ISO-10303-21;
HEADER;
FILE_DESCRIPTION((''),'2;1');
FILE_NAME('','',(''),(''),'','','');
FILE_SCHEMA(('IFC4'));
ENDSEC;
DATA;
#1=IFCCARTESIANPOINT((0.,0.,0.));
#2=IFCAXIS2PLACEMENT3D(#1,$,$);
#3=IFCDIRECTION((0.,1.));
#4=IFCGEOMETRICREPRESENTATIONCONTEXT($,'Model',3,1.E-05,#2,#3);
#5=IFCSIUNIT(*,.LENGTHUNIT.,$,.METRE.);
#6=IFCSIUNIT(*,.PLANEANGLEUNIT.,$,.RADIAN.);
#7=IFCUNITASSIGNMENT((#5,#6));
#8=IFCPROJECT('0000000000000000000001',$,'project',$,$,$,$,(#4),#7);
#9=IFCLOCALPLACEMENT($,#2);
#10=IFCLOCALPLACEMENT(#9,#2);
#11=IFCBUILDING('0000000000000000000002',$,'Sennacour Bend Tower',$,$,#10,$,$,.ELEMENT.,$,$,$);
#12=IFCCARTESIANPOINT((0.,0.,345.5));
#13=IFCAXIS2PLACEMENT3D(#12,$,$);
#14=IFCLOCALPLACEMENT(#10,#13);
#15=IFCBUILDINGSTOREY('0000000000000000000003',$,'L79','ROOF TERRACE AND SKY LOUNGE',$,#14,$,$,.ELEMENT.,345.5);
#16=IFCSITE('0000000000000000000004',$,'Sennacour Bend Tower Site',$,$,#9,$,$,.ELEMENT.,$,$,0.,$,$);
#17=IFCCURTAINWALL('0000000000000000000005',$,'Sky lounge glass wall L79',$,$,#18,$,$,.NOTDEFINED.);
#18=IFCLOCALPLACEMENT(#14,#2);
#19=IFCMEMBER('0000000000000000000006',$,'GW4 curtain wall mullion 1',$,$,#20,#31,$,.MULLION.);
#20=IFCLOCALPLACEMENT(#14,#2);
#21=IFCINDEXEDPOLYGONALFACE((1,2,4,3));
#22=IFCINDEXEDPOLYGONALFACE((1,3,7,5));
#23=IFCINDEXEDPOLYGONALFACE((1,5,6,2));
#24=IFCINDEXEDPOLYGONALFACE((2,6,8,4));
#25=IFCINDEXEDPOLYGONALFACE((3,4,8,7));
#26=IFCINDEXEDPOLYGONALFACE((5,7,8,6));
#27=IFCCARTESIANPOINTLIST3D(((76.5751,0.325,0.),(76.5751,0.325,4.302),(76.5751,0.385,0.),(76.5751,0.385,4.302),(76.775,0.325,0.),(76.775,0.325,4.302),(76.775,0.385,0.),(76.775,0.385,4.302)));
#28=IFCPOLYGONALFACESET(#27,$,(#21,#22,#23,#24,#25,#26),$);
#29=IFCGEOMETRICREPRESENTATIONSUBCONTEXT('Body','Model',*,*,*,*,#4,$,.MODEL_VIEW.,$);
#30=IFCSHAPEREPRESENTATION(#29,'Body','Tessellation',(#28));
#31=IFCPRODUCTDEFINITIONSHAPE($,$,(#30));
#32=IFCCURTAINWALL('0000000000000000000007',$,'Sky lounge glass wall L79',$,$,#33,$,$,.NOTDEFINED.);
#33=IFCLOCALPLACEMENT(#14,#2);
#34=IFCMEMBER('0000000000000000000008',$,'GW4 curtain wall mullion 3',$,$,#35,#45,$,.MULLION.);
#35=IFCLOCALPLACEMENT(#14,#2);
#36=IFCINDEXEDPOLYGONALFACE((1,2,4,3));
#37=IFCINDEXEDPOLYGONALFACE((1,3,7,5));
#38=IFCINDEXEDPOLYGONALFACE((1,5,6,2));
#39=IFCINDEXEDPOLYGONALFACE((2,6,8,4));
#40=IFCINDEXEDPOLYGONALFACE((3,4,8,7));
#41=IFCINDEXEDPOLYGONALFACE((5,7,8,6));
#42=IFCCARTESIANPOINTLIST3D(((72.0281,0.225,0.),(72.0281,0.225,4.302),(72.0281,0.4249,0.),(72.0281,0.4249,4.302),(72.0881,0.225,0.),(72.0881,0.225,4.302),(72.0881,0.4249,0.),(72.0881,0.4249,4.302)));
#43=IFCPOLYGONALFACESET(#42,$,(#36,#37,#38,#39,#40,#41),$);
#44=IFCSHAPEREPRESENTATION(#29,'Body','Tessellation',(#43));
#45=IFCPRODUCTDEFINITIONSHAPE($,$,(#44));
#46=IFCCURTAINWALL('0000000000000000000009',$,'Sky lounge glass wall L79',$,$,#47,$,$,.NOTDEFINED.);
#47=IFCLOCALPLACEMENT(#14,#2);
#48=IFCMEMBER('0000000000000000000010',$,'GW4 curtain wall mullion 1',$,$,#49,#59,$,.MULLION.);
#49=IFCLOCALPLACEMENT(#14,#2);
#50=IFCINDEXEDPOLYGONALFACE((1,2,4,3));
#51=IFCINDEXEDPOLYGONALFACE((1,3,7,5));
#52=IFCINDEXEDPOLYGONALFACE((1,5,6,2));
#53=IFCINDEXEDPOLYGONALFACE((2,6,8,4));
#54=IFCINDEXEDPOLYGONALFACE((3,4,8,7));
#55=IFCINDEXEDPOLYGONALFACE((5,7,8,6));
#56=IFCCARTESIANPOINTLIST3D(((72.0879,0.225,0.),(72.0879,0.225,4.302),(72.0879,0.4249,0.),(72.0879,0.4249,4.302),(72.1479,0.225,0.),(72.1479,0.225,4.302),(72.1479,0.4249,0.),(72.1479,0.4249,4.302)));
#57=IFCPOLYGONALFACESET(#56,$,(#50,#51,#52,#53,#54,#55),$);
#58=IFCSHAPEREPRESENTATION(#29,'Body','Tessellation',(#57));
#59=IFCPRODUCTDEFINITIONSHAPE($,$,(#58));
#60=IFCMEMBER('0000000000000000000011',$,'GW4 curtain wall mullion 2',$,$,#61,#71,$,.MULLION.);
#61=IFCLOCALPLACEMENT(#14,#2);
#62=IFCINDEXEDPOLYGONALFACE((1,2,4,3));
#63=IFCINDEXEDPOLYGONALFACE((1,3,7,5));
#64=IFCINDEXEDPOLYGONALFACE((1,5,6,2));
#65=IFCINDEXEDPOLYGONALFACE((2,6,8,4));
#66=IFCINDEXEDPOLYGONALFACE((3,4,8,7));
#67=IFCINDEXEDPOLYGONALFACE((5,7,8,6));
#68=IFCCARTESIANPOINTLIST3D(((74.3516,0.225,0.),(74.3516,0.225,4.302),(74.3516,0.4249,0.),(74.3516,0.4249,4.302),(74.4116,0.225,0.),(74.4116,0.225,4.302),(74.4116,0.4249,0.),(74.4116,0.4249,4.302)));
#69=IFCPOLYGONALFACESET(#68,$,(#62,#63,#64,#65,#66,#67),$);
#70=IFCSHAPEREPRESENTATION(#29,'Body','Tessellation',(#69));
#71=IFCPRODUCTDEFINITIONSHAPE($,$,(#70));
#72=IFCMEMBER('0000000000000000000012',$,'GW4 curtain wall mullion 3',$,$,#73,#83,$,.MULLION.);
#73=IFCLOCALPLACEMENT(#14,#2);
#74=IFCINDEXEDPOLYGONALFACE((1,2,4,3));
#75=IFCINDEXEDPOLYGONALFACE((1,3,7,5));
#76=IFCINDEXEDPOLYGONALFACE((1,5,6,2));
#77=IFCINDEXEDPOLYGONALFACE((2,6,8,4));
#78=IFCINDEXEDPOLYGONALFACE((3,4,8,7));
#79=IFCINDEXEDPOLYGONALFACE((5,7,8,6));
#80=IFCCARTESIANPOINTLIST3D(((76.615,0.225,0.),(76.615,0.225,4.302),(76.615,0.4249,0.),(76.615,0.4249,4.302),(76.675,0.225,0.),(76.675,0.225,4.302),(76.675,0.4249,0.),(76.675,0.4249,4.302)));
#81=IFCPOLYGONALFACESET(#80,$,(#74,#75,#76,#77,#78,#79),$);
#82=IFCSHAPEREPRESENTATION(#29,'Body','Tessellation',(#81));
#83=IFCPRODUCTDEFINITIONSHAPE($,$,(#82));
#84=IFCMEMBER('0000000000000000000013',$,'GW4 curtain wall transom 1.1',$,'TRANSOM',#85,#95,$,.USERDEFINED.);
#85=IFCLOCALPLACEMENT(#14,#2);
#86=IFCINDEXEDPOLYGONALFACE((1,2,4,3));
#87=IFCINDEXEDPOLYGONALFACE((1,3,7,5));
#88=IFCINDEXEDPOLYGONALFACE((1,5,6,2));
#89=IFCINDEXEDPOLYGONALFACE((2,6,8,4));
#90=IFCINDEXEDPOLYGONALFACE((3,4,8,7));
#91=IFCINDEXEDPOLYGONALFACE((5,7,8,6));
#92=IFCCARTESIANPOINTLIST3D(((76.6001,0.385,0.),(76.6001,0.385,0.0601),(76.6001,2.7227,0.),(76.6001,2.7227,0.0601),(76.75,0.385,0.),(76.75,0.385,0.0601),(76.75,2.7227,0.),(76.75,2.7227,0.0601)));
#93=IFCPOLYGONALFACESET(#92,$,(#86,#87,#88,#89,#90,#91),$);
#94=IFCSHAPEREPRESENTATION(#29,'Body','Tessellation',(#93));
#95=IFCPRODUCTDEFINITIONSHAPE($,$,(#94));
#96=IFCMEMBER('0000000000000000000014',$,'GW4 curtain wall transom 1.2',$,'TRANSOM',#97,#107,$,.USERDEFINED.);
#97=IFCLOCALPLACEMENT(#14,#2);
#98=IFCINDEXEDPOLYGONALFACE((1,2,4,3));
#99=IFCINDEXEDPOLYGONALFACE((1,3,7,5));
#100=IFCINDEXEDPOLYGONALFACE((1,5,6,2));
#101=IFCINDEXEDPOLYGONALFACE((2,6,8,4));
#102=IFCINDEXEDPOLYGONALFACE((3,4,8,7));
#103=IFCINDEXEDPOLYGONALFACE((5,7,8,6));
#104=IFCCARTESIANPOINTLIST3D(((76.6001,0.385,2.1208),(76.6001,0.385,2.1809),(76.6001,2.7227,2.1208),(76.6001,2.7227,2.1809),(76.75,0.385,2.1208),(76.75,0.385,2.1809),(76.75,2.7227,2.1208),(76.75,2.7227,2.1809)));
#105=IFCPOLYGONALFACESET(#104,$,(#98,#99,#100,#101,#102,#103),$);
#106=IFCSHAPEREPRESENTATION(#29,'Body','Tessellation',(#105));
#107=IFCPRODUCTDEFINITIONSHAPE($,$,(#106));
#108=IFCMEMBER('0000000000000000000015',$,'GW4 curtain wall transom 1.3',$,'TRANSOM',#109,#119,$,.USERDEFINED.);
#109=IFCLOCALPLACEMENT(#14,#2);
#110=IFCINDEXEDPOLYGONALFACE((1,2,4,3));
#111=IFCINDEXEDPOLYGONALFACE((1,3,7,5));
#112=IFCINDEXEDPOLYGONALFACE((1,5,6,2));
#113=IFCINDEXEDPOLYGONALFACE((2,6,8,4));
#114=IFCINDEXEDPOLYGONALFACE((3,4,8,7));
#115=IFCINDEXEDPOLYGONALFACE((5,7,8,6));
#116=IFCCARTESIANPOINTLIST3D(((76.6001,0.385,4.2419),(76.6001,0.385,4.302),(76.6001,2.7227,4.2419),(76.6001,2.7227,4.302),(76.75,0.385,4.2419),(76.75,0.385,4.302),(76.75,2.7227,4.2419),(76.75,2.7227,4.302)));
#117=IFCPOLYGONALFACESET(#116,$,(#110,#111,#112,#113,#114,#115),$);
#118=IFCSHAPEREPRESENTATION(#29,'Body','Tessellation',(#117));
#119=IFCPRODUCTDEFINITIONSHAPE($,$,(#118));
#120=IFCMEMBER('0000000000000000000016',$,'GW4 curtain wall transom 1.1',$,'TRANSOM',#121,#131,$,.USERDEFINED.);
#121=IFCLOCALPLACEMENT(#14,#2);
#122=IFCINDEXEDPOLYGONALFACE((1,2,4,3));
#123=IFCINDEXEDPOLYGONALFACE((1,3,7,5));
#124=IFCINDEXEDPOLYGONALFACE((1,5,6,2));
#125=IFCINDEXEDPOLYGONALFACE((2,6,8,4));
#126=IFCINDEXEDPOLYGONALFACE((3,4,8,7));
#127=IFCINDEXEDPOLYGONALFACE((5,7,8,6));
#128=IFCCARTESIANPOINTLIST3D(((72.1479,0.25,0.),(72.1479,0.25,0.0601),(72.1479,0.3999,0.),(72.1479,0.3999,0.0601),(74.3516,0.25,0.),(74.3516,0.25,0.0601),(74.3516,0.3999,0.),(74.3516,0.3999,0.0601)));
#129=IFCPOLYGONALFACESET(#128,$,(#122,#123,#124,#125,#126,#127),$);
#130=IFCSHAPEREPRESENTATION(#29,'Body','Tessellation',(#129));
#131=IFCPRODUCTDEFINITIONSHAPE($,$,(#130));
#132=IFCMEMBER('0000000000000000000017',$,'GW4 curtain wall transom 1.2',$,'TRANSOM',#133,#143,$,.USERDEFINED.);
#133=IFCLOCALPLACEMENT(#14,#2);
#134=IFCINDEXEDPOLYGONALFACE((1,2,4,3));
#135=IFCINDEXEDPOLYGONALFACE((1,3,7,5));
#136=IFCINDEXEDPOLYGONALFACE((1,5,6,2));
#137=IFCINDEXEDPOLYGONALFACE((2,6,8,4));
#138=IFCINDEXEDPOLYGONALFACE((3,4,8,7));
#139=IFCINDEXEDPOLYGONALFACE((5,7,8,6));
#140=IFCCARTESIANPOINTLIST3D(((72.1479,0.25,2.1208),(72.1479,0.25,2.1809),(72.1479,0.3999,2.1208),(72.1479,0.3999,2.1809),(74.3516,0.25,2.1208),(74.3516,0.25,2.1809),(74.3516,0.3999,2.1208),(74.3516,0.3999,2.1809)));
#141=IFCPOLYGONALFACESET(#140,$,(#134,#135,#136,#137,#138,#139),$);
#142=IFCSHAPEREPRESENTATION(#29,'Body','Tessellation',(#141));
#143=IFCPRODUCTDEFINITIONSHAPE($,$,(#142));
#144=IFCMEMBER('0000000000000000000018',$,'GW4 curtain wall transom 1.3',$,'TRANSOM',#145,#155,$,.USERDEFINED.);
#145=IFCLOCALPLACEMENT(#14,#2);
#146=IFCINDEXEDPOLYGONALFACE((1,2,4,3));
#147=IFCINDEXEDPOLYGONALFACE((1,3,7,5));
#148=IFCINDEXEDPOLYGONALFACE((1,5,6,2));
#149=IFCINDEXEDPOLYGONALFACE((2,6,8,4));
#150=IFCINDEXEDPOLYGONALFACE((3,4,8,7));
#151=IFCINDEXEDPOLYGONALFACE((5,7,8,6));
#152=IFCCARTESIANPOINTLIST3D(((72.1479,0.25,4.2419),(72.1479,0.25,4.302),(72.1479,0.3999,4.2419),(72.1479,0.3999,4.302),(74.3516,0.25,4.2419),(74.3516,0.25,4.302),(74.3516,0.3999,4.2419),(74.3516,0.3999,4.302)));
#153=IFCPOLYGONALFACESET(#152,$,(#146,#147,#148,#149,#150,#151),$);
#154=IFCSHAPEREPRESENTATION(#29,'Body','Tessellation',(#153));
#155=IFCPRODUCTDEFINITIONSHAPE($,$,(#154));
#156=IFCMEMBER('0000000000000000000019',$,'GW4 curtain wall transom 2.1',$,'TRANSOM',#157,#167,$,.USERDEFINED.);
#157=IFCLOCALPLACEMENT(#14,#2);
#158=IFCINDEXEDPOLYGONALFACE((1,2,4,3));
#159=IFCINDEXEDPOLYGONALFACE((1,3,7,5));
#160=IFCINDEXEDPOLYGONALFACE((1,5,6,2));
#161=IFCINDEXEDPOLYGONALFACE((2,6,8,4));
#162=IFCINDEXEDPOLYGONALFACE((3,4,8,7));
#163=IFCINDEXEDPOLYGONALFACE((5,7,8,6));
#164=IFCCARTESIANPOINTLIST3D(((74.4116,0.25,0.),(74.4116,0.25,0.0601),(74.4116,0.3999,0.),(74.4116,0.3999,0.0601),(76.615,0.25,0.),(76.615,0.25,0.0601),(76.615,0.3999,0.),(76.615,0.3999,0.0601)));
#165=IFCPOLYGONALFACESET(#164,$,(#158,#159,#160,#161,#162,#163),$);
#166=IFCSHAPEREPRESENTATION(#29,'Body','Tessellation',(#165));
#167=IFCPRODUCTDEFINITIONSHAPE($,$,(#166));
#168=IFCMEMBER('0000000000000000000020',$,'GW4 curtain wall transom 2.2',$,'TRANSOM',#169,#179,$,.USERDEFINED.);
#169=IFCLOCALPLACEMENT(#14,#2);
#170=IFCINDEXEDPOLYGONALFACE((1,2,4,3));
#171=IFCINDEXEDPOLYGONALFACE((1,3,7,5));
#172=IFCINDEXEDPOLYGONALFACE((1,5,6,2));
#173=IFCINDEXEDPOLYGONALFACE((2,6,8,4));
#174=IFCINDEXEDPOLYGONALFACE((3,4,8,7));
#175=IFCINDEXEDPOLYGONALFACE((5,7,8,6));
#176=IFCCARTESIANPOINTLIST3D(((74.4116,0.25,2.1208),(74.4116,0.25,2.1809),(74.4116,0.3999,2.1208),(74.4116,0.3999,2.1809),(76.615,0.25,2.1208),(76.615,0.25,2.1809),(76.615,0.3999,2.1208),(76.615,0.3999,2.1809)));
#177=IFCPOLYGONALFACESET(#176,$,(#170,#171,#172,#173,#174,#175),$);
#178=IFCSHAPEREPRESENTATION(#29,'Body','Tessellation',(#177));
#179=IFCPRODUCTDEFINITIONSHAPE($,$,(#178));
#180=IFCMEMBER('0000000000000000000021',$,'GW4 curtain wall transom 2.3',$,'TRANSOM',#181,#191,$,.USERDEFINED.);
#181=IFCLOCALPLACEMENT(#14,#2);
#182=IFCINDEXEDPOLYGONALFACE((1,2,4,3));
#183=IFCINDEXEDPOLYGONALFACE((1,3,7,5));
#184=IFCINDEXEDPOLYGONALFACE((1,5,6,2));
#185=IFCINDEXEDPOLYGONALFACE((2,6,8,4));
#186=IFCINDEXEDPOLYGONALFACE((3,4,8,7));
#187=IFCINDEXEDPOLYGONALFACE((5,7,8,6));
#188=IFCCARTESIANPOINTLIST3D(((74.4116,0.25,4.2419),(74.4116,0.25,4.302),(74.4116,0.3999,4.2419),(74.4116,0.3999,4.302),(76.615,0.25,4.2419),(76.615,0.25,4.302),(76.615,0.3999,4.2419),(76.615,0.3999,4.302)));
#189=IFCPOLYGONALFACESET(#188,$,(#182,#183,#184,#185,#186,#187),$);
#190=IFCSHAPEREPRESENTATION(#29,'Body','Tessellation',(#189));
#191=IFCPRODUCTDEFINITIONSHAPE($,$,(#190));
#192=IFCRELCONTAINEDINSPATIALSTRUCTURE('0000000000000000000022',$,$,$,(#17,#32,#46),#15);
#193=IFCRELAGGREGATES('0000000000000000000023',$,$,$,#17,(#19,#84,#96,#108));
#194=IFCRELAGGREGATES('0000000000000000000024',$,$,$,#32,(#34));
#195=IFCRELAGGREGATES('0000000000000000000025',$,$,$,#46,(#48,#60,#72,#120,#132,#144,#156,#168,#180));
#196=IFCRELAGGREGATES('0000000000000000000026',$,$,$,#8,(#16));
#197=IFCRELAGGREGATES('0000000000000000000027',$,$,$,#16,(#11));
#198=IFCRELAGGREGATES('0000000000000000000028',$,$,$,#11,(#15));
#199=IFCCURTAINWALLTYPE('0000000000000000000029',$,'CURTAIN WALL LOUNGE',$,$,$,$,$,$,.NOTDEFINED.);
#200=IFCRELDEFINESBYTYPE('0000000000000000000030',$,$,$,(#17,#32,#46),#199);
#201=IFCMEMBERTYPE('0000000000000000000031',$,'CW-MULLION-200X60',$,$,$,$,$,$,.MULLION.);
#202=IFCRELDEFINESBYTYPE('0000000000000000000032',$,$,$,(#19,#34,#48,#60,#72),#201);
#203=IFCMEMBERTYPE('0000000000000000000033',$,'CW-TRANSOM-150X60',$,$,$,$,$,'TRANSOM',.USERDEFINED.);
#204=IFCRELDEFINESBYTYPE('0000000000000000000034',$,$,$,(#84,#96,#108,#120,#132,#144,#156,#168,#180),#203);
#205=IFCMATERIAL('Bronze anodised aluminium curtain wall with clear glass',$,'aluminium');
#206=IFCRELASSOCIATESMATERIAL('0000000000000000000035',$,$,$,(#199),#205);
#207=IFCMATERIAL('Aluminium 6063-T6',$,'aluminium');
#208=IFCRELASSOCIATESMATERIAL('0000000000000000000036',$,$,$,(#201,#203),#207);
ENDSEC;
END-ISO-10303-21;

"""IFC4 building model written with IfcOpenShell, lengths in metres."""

from ifc_helpers import new_model, si_unit, direction, frame, origin, origin_2d, place, context, subcontext, project, spatial, rectangle, extrude, material, material_profile, profile_set, type_object, element, aggregate, save


model = new_model("IFC4")

# Units and contexts
model_context = context("Model", 3, precision=1e-05, world=origin(), true_north=direction((0.0, 1.0)))
body_context = subcontext(model_context, "Body", "Model", "MODEL_VIEW")
ifc_project = project(units=[si_unit("LENGTHUNIT", "METRE"), si_unit("PLANEANGLEUNIT", "RADIAN")], contexts=[model_context])

# Site, building, storey
site_placement = place(None, origin())
site = spatial("IfcSite", under=ifc_project, at=site_placement, Name="Sennacour Bend Tower Site", CompositionType="ELEMENT", RefElevation=0.0)
building_placement = place(site_placement, origin())
building = spatial("IfcBuilding", under=site, at=building_placement, Name="Sennacour Bend Tower", CompositionType="ELEMENT")
storey_placement = place(building_placement, frame((0.0, 0.0, 345.5)))
storey = spatial("IfcBuildingStorey", under=building, at=storey_placement, Name="L79", Description="ROOF TERRACE AND SKY LOUNGE", CompositionType="ELEMENT", Elevation=345.5)

# Curtain walls, members
ifc_material_1 = material(Name="Bronze anodised aluminium curtain wall with clear glass", Category="aluminium")
curtain_wall_type = type_object("IfcCurtainWallType", Name="CURTAIN WALL LOUNGE", PredefinedType="NOTDEFINED", material=ifc_material_1)
curtain_wall_1_placement = place(storey_placement, origin())
curtain_wall_1 = element("IfcCurtainWall", 1, at=curtain_wall_1_placement, inside=storey, type_object=curtain_wall_type, Name="Sky lounge glass wall L79", PredefinedType="NOTDEFINED")
ifc_material_2 = material(Name="Aluminium 6063-T6", Category="aluminium")
ifc_material_profile_1 = material_profile(ifc_material_2, rectangle(XDim=0.2, YDim=0.0601, at=origin_2d()), Name="Aluminium 6063-T6", Category="aluminium")
ifc_profile_set_1 = profile_set([ifc_material_profile_1], Name="Aluminium 6063-T6")
member_type_1 = type_object("IfcMemberType", Name="CW-MULLION-200X60", PredefinedType="MULLION", material=ifc_profile_set_1)
member_1_placement = place(storey_placement, frame((76.675, 0.355, 0.0), z_axis=(0.0, 0.0, 1.0), x_axis=(-1.0, 0.0, 0.0)))
member_1 = element("IfcMember", 2, at=member_1_placement, type_object=member_type_1, Name="GW4 curtain wall mullion 1", PredefinedType="MULLION", context=body_context, shape_type="SweptSolid", body=[
    extrude(rectangle(XDim=0.2, YDim=0.0601, at=origin_2d()), origin(), (0.0, 0.0, 1.0), 4.302),
])
curtain_wall_2_placement = place(storey_placement, origin())
curtain_wall_2 = element("IfcCurtainWall", 3, at=curtain_wall_2_placement, inside=storey, type_object=curtain_wall_type, Name="Sky lounge glass wall L79", PredefinedType="NOTDEFINED")
member_2_placement = place(storey_placement, frame((72.0581, 0.325, 0.0), z_axis=(0.0, 0.0, 1.0), x_axis=(0.0, 1.0, 0.0)))
member_2 = element("IfcMember", 4, at=member_2_placement, type_object=member_type_1, Name="GW4 curtain wall mullion 3", PredefinedType="MULLION", context=body_context, shape_type="SweptSolid", body=[
    extrude(rectangle(XDim=0.2, YDim=0.0601, at=origin_2d()), origin(), (0.0, 0.0, 1.0), 4.302),
])

# Curtain wall, members
curtain_wall_3_placement = place(storey_placement, origin())
curtain_wall_3 = element("IfcCurtainWall", 5, at=curtain_wall_3_placement, inside=storey, type_object=curtain_wall_type, Name="Sky lounge glass wall L79", PredefinedType="NOTDEFINED")
member_3_placement = place(storey_placement, frame((72.1179, 0.325, 0.0), z_axis=(0.0, 0.0, 1.0), x_axis=(0.0, 1.0, 0.0)))
member_3 = element("IfcMember", 6, at=member_3_placement, type_object=member_type_1, Name="GW4 curtain wall mullion 1", PredefinedType="MULLION", context=body_context, shape_type="SweptSolid", body=[
    extrude(rectangle(XDim=0.2, YDim=0.0601, at=origin_2d()), origin(), (0.0, 0.0, 1.0), 4.302),
])
member_4_placement = place(storey_placement, frame((74.3816, 0.325, 0.0), z_axis=(0.0, 0.0, 1.0), x_axis=(0.0, 1.0, 0.0)))
member_4 = element("IfcMember", 7, at=member_4_placement, type_object=member_type_1, Name="GW4 curtain wall mullion 2", PredefinedType="MULLION", context=body_context, shape_type="SweptSolid", body=[
    extrude(rectangle(XDim=0.2, YDim=0.0601, at=origin_2d()), origin(), (0.0, 0.0, 1.0), 4.302),
])
member_5_placement = place(storey_placement, frame((76.645, 0.325, 0.0), z_axis=(0.0, 0.0, 1.0), x_axis=(0.0, 1.0, 0.0)))
member_5 = element("IfcMember", 8, at=member_5_placement, type_object=member_type_1, Name="GW4 curtain wall mullion 3", PredefinedType="MULLION", context=body_context, shape_type="SweptSolid", body=[
    extrude(rectangle(XDim=0.2, YDim=0.0601, at=origin_2d()), origin(), (0.0, 0.0, 1.0), 4.302),
])

# Members
ifc_material_profile_2 = material_profile(ifc_material_2, rectangle(XDim=0.1499, YDim=0.0601, at=origin_2d()), Name="Aluminium 6063-T6", Category="aluminium")
ifc_profile_set_2 = profile_set([ifc_material_profile_2], Name="Aluminium 6063-T6")
member_type_2 = type_object("IfcMemberType", Name="CW-TRANSOM-150X60", ElementType="TRANSOM", PredefinedType="USERDEFINED", material=ifc_profile_set_2)
member_6_placement = place(storey_placement, frame((76.675, 0.385, 0.03), z_axis=(0.0, 1.0, 0.0), x_axis=(-1.0, 0.0, 0.0)))
member_6 = element("IfcMember", 9, at=member_6_placement, type_object=member_type_2, Name="GW4 curtain wall transom 1.1", ObjectType="TRANSOM", PredefinedType="USERDEFINED", context=body_context, shape_type="SweptSolid", body=[
    extrude(rectangle(XDim=0.1499, YDim=0.0601, at=origin_2d()), origin(), (0.0, 0.0, 1.0), 2.3376),
])
member_7_placement = place(storey_placement, frame((76.675, 0.385, 2.1509), z_axis=(0.0, 1.0, 0.0), x_axis=(-1.0, 0.0, 0.0)))
member_7 = element("IfcMember", 10, at=member_7_placement, type_object=member_type_2, Name="GW4 curtain wall transom 1.2", ObjectType="TRANSOM", PredefinedType="USERDEFINED", context=body_context, shape_type="SweptSolid", body=[
    extrude(rectangle(XDim=0.1499, YDim=0.0601, at=origin_2d()), origin(), (0.0, 0.0, 1.0), 2.3376),
])
member_8_placement = place(storey_placement, frame((76.675, 0.385, 4.272), z_axis=(0.0, 1.0, 0.0), x_axis=(-1.0, 0.0, 0.0)))
member_8 = element("IfcMember", 11, at=member_8_placement, type_object=member_type_2, Name="GW4 curtain wall transom 1.3", ObjectType="TRANSOM", PredefinedType="USERDEFINED", context=body_context, shape_type="SweptSolid", body=[
    extrude(rectangle(XDim=0.1499, YDim=0.0601, at=origin_2d()), origin(), (0.0, 0.0, 1.0), 2.3376),
])
aggregate(curtain_wall_1, [member_1, member_6, member_7, member_8])
member_9_placement = place(storey_placement, frame((72.1479, 0.325, 0.03), z_axis=(1.0, 0.0, 0.0), x_axis=(0.0, 1.0, 0.0)))
member_9 = element("IfcMember", 12, at=member_9_placement, type_object=member_type_2, Name="GW4 curtain wall transom 1.1", ObjectType="TRANSOM", PredefinedType="USERDEFINED", context=body_context, shape_type="SweptSolid", body=[
    extrude(rectangle(XDim=0.1499, YDim=0.0601, at=origin_2d()), origin(), (0.0, 0.0, 1.0), 2.2036),
])
member_10_placement = place(storey_placement, frame((72.1479, 0.325, 2.1509), z_axis=(1.0, 0.0, 0.0), x_axis=(0.0, 1.0, 0.0)))
member_10 = element("IfcMember", 13, at=member_10_placement, type_object=member_type_2, Name="GW4 curtain wall transom 1.2", ObjectType="TRANSOM", PredefinedType="USERDEFINED", context=body_context, shape_type="SweptSolid", body=[
    extrude(rectangle(XDim=0.1499, YDim=0.0601, at=origin_2d()), origin(), (0.0, 0.0, 1.0), 2.2036),
])
member_11_placement = place(storey_placement, frame((72.1479, 0.325, 4.272), z_axis=(1.0, 0.0, 0.0), x_axis=(0.0, 1.0, 0.0)))
member_11 = element("IfcMember", 14, at=member_11_placement, type_object=member_type_2, Name="GW4 curtain wall transom 1.3", ObjectType="TRANSOM", PredefinedType="USERDEFINED", context=body_context, shape_type="SweptSolid", body=[
    extrude(rectangle(XDim=0.1499, YDim=0.0601, at=origin_2d()), origin(), (0.0, 0.0, 1.0), 2.2036),
])
member_12_placement = place(storey_placement, frame((74.4116, 0.325, 0.03), z_axis=(1.0, 0.0, 0.0), x_axis=(0.0, 1.0, 0.0)))
member_12 = element("IfcMember", 15, at=member_12_placement, type_object=member_type_2, Name="GW4 curtain wall transom 2.1", ObjectType="TRANSOM", PredefinedType="USERDEFINED", context=body_context, shape_type="SweptSolid", body=[
    extrude(rectangle(XDim=0.1499, YDim=0.0601, at=origin_2d()), origin(), (0.0, 0.0, 1.0), 2.2034),
])
member_13_placement = place(storey_placement, frame((74.4116, 0.325, 2.1509), z_axis=(1.0, 0.0, 0.0), x_axis=(0.0, 1.0, 0.0)))
member_13 = element("IfcMember", 16, at=member_13_placement, type_object=member_type_2, Name="GW4 curtain wall transom 2.2", ObjectType="TRANSOM", PredefinedType="USERDEFINED", context=body_context, shape_type="SweptSolid", body=[
    extrude(rectangle(XDim=0.1499, YDim=0.0601, at=origin_2d()), origin(), (0.0, 0.0, 1.0), 2.2034),
])
member_14_placement = place(storey_placement, frame((74.4116, 0.325, 4.272), z_axis=(1.0, 0.0, 0.0), x_axis=(0.0, 1.0, 0.0)))
member_14 = element("IfcMember", 17, at=member_14_placement, type_object=member_type_2, Name="GW4 curtain wall transom 2.3", ObjectType="TRANSOM", PredefinedType="USERDEFINED", context=body_context, shape_type="SweptSolid", body=[
    extrude(rectangle(XDim=0.1499, YDim=0.0601, at=origin_2d()), origin(), (0.0, 0.0, 1.0), 2.2034),
])

aggregate(curtain_wall_2, [member_2])
aggregate(curtain_wall_3, [member_3, member_4, member_5, member_9, member_10, member_11, member_12, member_13, member_14])

save(model, "model.ifc")
